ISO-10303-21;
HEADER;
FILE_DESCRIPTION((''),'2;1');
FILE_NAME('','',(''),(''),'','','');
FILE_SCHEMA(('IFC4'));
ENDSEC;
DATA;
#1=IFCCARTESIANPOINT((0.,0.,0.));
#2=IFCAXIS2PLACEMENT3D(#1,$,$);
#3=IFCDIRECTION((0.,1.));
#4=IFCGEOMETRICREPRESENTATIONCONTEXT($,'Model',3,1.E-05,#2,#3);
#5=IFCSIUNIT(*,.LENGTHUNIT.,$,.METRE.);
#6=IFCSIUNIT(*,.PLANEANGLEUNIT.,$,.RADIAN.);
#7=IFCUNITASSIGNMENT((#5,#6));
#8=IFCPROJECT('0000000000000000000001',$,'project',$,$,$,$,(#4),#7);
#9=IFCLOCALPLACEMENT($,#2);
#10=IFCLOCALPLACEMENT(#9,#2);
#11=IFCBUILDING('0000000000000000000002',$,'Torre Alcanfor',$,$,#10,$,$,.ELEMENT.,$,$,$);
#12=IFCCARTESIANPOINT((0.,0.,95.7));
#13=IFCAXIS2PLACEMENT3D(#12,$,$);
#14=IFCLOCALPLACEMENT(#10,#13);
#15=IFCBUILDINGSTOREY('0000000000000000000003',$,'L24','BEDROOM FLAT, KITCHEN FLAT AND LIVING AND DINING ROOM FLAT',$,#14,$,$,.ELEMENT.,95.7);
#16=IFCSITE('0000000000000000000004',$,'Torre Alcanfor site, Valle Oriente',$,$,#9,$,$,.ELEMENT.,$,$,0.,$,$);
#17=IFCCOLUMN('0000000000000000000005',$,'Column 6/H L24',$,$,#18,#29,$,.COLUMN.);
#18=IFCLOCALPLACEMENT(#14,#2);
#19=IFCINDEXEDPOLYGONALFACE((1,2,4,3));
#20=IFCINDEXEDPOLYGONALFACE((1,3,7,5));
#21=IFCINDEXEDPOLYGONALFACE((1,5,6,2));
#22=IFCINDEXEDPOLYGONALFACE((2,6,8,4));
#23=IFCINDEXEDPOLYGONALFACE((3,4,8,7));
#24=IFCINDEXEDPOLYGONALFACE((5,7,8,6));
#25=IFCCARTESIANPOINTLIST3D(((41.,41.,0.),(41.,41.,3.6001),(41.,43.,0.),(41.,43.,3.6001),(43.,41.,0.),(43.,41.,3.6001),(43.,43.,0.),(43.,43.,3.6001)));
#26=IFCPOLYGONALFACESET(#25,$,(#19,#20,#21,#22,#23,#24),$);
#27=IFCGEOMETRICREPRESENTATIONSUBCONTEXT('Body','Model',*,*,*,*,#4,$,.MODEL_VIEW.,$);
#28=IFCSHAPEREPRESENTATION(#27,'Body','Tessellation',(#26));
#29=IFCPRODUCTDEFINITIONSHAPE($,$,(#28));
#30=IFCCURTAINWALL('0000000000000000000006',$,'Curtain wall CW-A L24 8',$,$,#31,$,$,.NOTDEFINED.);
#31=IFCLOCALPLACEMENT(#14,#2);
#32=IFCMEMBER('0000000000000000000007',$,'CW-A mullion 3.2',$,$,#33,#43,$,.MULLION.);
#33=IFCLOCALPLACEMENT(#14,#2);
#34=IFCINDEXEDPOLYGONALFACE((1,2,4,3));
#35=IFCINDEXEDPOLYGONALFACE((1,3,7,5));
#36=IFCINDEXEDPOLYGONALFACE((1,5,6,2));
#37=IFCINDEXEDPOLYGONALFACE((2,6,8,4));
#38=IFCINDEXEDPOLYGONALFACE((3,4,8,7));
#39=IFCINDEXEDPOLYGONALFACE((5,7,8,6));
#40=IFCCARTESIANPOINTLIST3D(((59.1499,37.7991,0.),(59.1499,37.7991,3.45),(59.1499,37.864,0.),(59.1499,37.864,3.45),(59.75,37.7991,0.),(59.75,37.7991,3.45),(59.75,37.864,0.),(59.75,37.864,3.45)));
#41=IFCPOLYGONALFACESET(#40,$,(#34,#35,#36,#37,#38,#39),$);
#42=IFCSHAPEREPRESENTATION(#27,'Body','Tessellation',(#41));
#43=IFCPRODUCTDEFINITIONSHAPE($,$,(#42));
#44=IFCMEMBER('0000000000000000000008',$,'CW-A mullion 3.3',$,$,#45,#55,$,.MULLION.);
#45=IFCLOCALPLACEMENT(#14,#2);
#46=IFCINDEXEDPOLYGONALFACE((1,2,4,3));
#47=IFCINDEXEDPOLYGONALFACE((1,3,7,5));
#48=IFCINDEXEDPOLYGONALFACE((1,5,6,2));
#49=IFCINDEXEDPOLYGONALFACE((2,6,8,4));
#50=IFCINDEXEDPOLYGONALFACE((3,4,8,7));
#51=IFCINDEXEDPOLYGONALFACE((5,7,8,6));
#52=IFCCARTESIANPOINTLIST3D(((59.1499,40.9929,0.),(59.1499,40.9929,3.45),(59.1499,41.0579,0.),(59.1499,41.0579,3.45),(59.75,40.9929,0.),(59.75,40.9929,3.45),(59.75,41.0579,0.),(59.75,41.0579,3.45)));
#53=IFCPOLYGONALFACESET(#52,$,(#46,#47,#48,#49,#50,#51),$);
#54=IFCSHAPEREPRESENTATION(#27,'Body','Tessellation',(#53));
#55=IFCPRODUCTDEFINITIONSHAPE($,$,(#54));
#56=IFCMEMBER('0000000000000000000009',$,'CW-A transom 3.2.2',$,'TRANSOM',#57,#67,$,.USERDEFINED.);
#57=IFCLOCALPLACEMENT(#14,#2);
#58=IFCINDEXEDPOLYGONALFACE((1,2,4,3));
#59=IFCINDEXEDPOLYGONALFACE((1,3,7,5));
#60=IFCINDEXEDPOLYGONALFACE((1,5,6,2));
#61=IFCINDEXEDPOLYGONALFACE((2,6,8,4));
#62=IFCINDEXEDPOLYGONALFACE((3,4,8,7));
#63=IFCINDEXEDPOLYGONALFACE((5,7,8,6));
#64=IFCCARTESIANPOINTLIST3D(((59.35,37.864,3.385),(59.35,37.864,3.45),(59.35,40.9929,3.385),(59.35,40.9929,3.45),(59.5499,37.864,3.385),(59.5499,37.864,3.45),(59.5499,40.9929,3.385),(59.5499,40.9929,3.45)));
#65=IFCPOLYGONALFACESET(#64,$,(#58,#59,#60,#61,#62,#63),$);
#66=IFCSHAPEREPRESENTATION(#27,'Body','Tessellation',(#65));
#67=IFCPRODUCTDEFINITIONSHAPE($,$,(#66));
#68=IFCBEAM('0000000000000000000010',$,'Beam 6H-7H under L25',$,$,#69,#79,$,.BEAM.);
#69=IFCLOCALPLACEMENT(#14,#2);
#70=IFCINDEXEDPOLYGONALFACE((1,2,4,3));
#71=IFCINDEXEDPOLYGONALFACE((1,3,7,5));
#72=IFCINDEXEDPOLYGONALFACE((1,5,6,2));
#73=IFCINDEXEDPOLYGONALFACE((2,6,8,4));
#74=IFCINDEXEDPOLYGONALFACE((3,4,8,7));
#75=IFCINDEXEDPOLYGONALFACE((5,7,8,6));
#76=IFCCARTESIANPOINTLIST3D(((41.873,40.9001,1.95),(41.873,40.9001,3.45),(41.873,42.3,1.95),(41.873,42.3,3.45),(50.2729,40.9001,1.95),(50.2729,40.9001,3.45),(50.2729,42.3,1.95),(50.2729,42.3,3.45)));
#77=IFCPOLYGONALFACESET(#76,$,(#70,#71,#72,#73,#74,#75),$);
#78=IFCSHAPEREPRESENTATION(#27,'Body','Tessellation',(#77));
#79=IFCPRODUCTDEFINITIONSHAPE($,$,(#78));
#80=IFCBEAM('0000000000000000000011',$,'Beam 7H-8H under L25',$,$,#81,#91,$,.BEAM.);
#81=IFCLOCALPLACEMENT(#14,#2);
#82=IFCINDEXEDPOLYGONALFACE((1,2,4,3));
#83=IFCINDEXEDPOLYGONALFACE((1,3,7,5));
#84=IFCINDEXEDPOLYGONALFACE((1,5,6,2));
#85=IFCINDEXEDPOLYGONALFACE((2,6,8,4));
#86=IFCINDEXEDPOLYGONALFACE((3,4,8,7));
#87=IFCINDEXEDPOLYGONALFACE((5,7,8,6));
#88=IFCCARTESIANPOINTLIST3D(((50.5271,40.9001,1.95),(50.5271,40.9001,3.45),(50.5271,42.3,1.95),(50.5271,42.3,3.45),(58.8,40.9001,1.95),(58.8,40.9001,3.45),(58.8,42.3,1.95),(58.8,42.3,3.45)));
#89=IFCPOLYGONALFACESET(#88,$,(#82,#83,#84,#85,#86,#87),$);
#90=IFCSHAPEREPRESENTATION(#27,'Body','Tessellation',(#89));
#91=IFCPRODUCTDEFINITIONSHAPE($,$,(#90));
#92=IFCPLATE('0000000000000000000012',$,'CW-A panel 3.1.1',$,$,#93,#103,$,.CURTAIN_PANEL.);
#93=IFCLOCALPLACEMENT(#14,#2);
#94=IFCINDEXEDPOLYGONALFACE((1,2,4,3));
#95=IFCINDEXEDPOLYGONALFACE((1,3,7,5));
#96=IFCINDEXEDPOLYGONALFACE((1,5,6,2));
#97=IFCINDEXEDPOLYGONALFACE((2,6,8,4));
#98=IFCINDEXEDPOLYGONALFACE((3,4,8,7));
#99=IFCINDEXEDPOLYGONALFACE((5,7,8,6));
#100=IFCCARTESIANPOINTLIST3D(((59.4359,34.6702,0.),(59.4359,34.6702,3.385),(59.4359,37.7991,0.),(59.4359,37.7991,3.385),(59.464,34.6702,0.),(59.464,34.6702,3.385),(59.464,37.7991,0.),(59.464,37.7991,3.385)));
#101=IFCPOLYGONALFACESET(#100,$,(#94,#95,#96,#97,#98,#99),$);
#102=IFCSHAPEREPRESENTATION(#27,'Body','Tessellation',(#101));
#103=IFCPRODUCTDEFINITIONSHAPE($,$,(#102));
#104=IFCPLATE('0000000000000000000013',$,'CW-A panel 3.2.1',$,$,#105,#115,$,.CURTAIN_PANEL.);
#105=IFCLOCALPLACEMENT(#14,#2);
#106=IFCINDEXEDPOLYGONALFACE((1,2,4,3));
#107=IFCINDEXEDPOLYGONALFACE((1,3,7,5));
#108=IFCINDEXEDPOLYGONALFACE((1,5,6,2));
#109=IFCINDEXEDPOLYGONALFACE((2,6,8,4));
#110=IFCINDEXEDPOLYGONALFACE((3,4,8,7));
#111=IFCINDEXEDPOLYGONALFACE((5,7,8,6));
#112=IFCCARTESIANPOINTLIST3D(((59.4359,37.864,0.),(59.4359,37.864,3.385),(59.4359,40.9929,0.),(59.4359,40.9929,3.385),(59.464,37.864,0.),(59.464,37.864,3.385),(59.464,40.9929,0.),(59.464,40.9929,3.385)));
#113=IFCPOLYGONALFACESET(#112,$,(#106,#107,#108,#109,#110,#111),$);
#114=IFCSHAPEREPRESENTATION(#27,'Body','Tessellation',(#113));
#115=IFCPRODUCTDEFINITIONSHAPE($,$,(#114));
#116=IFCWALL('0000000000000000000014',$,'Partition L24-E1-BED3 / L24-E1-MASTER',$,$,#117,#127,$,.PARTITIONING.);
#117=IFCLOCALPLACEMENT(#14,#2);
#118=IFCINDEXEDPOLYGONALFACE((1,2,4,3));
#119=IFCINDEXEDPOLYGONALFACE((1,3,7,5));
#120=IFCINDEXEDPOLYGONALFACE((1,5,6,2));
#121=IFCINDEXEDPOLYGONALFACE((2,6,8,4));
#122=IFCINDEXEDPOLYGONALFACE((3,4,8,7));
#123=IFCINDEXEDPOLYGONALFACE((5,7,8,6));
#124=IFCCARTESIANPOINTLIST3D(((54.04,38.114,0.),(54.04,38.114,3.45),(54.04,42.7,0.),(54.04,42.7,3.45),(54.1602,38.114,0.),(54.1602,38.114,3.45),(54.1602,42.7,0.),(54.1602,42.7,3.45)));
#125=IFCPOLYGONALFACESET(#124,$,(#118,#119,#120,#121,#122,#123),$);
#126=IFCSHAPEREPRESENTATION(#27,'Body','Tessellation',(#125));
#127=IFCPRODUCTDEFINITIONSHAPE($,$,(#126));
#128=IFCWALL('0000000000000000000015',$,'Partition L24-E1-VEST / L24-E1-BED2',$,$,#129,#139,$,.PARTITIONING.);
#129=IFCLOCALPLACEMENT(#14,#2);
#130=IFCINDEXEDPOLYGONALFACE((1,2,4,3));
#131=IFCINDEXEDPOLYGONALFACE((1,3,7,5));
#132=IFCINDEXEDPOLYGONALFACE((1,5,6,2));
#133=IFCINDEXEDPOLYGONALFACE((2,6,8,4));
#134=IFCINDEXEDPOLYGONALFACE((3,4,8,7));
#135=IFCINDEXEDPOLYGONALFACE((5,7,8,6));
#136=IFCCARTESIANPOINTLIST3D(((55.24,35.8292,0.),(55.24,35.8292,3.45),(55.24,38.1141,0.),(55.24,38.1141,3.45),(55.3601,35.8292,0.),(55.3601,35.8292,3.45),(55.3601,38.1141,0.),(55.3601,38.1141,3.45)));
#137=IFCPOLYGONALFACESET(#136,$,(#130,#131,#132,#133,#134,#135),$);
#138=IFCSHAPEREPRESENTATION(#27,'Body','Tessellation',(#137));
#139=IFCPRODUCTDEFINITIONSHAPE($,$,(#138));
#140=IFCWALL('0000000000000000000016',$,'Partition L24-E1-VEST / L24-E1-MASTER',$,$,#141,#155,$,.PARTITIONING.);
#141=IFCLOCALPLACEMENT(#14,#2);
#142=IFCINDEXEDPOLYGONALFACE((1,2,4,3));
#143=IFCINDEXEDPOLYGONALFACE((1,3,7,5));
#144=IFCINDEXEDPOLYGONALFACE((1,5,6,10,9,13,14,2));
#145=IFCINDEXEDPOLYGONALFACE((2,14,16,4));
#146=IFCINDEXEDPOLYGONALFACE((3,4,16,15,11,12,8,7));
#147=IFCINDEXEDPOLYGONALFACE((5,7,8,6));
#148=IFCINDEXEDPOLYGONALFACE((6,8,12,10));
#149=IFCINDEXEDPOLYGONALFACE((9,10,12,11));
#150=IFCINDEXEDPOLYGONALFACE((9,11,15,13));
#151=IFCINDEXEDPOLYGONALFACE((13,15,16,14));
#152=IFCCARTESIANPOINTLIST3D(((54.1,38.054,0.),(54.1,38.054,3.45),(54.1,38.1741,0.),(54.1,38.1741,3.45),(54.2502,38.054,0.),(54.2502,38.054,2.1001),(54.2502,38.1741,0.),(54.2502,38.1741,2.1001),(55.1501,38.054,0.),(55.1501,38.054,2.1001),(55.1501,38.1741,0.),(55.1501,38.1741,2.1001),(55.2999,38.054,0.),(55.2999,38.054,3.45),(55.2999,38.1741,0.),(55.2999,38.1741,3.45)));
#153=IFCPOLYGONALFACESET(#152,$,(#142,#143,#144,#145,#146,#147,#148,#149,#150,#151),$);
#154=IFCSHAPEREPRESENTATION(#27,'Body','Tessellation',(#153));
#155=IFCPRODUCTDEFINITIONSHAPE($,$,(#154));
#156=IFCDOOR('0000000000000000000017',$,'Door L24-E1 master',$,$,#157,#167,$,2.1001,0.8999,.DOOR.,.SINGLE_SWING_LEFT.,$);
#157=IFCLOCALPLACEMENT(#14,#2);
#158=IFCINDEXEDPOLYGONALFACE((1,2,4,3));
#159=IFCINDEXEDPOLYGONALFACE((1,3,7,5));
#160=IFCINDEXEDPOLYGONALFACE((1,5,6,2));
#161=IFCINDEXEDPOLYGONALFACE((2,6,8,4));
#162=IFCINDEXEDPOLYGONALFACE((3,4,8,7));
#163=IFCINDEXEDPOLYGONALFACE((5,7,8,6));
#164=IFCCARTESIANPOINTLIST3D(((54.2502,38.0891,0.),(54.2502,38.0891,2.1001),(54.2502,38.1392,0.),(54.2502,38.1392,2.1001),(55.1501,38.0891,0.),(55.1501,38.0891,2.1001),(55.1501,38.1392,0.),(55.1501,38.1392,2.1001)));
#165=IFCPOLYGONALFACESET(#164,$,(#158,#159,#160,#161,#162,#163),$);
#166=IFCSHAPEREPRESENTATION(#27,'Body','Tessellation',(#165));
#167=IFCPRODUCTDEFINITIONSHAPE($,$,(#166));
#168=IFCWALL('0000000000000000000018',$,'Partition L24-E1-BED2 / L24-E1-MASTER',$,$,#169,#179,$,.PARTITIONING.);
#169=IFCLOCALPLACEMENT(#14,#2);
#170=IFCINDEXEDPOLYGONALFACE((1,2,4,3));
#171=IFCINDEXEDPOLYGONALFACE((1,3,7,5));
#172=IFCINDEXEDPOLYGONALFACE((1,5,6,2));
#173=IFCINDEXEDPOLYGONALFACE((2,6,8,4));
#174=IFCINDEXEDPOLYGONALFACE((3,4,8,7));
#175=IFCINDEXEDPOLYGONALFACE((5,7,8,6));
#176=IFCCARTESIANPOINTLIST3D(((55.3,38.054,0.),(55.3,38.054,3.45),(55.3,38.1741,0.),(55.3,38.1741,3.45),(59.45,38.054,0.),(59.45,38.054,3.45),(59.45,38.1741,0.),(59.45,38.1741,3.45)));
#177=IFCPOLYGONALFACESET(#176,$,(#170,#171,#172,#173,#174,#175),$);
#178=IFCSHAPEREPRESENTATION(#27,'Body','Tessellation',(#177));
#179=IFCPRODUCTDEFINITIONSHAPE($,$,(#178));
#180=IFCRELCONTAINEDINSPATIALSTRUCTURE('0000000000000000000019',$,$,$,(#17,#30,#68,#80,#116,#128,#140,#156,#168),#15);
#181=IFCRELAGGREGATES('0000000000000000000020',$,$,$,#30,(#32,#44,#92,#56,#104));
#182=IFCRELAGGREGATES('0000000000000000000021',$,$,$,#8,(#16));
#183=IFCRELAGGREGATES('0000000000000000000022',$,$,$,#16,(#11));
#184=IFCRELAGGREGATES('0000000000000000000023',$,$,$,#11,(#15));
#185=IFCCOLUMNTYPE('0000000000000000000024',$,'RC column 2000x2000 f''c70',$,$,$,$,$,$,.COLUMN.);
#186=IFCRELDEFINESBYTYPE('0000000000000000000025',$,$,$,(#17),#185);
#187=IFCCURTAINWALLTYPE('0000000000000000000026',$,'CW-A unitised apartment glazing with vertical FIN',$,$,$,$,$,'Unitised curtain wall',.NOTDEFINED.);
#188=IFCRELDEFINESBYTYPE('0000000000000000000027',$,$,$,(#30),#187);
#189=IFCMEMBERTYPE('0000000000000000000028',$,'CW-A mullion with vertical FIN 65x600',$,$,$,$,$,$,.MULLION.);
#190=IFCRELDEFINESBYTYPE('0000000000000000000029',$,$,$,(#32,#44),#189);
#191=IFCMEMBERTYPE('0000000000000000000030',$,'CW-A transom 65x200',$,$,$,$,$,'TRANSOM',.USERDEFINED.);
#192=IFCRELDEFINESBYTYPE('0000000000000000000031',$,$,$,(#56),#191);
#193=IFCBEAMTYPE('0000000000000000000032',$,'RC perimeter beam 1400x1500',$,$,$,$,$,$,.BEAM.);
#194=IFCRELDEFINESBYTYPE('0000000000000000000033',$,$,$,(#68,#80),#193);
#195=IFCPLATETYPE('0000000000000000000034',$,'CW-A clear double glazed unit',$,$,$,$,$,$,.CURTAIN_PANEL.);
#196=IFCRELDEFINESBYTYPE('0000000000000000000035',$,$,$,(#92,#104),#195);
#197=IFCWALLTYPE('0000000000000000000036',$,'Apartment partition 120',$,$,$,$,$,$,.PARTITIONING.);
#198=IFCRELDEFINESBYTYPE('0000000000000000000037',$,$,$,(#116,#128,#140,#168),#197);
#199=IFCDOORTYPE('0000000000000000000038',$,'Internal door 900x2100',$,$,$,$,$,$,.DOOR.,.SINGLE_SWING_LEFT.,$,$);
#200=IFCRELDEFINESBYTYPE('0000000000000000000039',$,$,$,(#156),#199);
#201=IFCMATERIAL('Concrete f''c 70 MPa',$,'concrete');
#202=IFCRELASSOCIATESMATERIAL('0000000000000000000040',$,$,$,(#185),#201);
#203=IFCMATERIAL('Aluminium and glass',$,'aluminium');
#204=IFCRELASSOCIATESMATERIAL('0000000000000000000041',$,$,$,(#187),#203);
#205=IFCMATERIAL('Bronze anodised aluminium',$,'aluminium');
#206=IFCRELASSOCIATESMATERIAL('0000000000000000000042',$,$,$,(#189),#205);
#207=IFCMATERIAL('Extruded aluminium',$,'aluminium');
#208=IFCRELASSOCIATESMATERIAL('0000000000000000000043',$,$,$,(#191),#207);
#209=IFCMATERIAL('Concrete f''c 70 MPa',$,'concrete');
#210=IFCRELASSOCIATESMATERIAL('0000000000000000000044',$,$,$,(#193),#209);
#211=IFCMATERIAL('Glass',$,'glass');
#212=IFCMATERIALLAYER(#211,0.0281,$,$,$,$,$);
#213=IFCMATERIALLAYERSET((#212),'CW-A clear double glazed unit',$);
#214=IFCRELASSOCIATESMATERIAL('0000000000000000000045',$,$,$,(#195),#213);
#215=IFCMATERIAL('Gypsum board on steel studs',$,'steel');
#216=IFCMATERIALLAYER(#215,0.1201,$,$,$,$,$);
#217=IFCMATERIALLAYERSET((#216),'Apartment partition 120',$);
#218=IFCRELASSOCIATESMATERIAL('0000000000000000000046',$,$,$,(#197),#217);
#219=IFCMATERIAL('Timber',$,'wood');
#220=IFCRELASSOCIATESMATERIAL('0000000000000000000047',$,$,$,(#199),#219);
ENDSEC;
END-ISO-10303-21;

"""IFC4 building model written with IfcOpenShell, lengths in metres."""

from ifc_helpers import new_model, si_unit, direction, frame, frame_2d, origin, origin_2d, place, context, subcontext, project, spatial, rectangle, extrude, material, layer, layer_set, material_profile, profile_set, type_object, element, fill, aggregate, save


model = new_model("IFC4")

# Units and contexts
model_context = context("Model", 3, precision=1e-05, world=origin(), true_north=direction((0.0, 1.0)))
body_context = subcontext(model_context, "Body", "Model", "MODEL_VIEW")
ifc_project = project(units=[si_unit("LENGTHUNIT", "METRE"), si_unit("PLANEANGLEUNIT", "RADIAN")], contexts=[model_context])

# Site, building, storey
site_placement = place(None, origin())
site = spatial("IfcSite", under=ifc_project, at=site_placement, Name="Torre Alcanfor site, Valle Oriente", CompositionType="ELEMENT", RefElevation=0.0)
building_placement = place(site_placement, origin())
building = spatial("IfcBuilding", under=site, at=building_placement, Name="Torre Alcanfor", CompositionType="ELEMENT")
storey_placement = place(building_placement, frame((0.0, 0.0, 95.7)))
storey = spatial("IfcBuildingStorey", under=building, at=storey_placement, Name="L24", Description="BEDROOM FLAT, KITCHEN FLAT AND LIVING AND DINING ROOM FLAT", CompositionType="ELEMENT", Elevation=95.7)

# Column
ifc_material_1 = material(Name="Concrete f'c 70 MPa", Category="concrete")
ifc_material_profile_1 = material_profile(ifc_material_1, rectangle(XDim=2.0, YDim=2.0, at=origin_2d()), Name="2000x2000")
ifc_profile_set_1 = profile_set([ifc_material_profile_1], Name="Concrete f'c 70 MPa")
column_type = type_object("IfcColumnType", Name="RC column 2000x2000 f'c70", PredefinedType="COLUMN", material=ifc_profile_set_1)
column_placement = place(storey_placement, frame((42.0, 42.0, 0.0), z_axis=(0.0, 0.0, 1.0), x_axis=(1.0, 0.0, 0.0)))
element("IfcColumn", 1, at=column_placement, inside=storey, type_object=column_type, Name="Column 6/H L24", PredefinedType="COLUMN", context=body_context, shape_type="SweptSolid", body=[
    extrude(rectangle(XDim=2.0, YDim=2.0, at=origin_2d()), origin(), (0.0, 0.0, 1.0), 3.6001),
])

# Curtain wall, members
ifc_material_2 = material(Name="Aluminium and glass", Category="aluminium")
curtain_wall_type = type_object("IfcCurtainWallType", Name="CW-A unitised apartment glazing with vertical FIN", ElementType="Unitised curtain wall", PredefinedType="NOTDEFINED", material=ifc_material_2)
curtain_wall_placement = place(storey_placement, origin())
curtain_wall = element("IfcCurtainWall", 2, at=curtain_wall_placement, inside=storey, type_object=curtain_wall_type, Name="Curtain wall CW-A L24 8", PredefinedType="NOTDEFINED")
ifc_material_3 = material(Name="Bronze anodised aluminium", Category="aluminium")
ifc_material_profile_2 = material_profile(ifc_material_3, rectangle(XDim=0.6001, YDim=0.0649, at=origin_2d()), Name="CW-A mullion 65x600")
ifc_profile_set_2 = profile_set([ifc_material_profile_2], Name="Bronze anodised aluminium")
member_type_1 = type_object("IfcMemberType", Name="CW-A mullion with vertical FIN 65x600", PredefinedType="MULLION", material=ifc_profile_set_2)
member_1_placement = place(storey_placement, frame((59.45, 37.8315, 0.0), z_axis=(0.0, 0.0, 1.0), x_axis=(-1.0, 0.0, 0.0)))
member_1 = element("IfcMember", 3, at=member_1_placement, type_object=member_type_1, Name="CW-A mullion 3.2", PredefinedType="MULLION", context=body_context, shape_type="SweptSolid", body=[
    extrude(rectangle(XDim=0.6001, YDim=0.0649, at=origin_2d()), origin(), (0.0, 0.0, 1.0), 3.45),
])
member_2_placement = place(storey_placement, frame((59.45, 41.0254, 0.0), z_axis=(0.0, 0.0, 1.0), x_axis=(-1.0, 0.0, 0.0)))
member_2 = element("IfcMember", 4, at=member_2_placement, type_object=member_type_1, Name="CW-A mullion 3.3", PredefinedType="MULLION", context=body_context, shape_type="SweptSolid", body=[
    extrude(rectangle(XDim=0.6001, YDim=0.0649, at=origin_2d()), origin(), (0.0, 0.0, 1.0), 3.45),
])
ifc_material_4 = material(Name="Extruded aluminium", Category="aluminium")
ifc_material_profile_3 = material_profile(ifc_material_4, rectangle(XDim=0.2, YDim=0.0649, at=origin_2d()), Name="CW-A transom 200x65")
ifc_profile_set_3 = profile_set([ifc_material_profile_3], Name="Extruded aluminium")
member_type_2 = type_object("IfcMemberType", Name="CW-A transom 65x200", ElementType="TRANSOM", PredefinedType="USERDEFINED", material=ifc_profile_set_3)
member_3_placement = place(storey_placement, frame((59.45, 37.864, 3.4175), z_axis=(0.0, 1.0, 0.0), x_axis=(-1.0, 0.0, 0.0)))
member_3 = element("IfcMember", 5, at=member_3_placement, type_object=member_type_2, Name="CW-A transom 3.2.2", ObjectType="TRANSOM", PredefinedType="USERDEFINED", context=body_context, shape_type="SweptSolid", body=[
    extrude(rectangle(XDim=0.2, YDim=0.0649, at=origin_2d()), origin(), (0.0, 0.0, 1.0), 3.1289),
])

# Beams
ifc_material_5 = material(Name="Concrete f'c 70 MPa", Category="concrete")
ifc_material_profile_4 = material_profile(ifc_material_5, rectangle(XDim=1.3999, YDim=1.5, at=origin_2d()), Name="1400x1500")
ifc_profile_set_4 = profile_set([ifc_material_profile_4], Name="Concrete f'c 70 MPa")
beam_type = type_object("IfcBeamType", Name="RC perimeter beam 1400x1500", PredefinedType="BEAM", material=ifc_profile_set_4)
beam_1_placement = place(storey_placement, frame((41.873, 41.6001, 2.7), z_axis=(1.0, 0.0, 0.0), x_axis=(0.0, 1.0, 0.0)))
element("IfcBeam", 6, at=beam_1_placement, inside=storey, type_object=beam_type, Name="Beam 6H-7H under L25", PredefinedType="BEAM", context=body_context, shape_type="SweptSolid", body=[
    extrude(rectangle(XDim=1.3999, YDim=1.5, at=origin_2d()), origin(), (0.0, 0.0, 1.0), 8.3999),
])
beam_2_placement = place(storey_placement, frame((50.5271, 41.6001, 2.7), z_axis=(1.0, 0.0, 0.0), x_axis=(0.0, 1.0, 0.0)))
element("IfcBeam", 7, at=beam_2_placement, inside=storey, type_object=beam_type, Name="Beam 7H-8H under L25", PredefinedType="BEAM", context=body_context, shape_type="SweptSolid", body=[
    extrude(rectangle(XDim=1.3999, YDim=1.5, at=origin_2d()), origin(), (0.0, 0.0, 1.0), 8.2729),
])

# Plates
ifc_material_6 = material(Name="Glass", Category="glass")
ifc_layer_1 = layer(ifc_material_6, 0.0281)
ifc_layer_set_1 = layer_set([ifc_layer_1], Name="CW-A clear double glazed unit")
plate_type = type_object("IfcPlateType", Name="CW-A clear double glazed unit", PredefinedType="CURTAIN_PANEL", material=ifc_layer_set_1)
plate_1_placement = place(storey_placement, frame((59.45, 36.2346, 0.0), z_axis=(0.0, 0.0, 1.0), x_axis=(0.0, 1.0, 0.0)))
plate_1 = element("IfcPlate", 8, at=plate_1_placement, type_object=plate_type, Name="CW-A panel 3.1.1", PredefinedType="CURTAIN_PANEL", context=body_context, shape_type="SweptSolid", body=[
    extrude(rectangle(XDim=3.1289, YDim=0.0281, at=origin_2d()), origin(), (0.0, 0.0, 1.0), 3.385),
])
plate_2_placement = place(storey_placement, frame((59.45, 39.4285, 0.0), z_axis=(0.0, 0.0, 1.0), x_axis=(0.0, 1.0, 0.0)))
plate_2 = element("IfcPlate", 9, at=plate_2_placement, type_object=plate_type, Name="CW-A panel 3.2.1", PredefinedType="CURTAIN_PANEL", context=body_context, shape_type="SweptSolid", body=[
    extrude(rectangle(XDim=3.1289, YDim=0.0281, at=origin_2d()), origin(), (0.0, 0.0, 1.0), 3.385),
])
aggregate(curtain_wall, [member_1, member_2, plate_1, member_3, plate_2])

# Walls
ifc_material_7 = material(Name="Gypsum board on steel studs", Category="steel")
ifc_layer_2 = layer(ifc_material_7, 0.1201)
ifc_layer_set_2 = layer_set([ifc_layer_2], Name="Apartment partition 120")
wall_type_1 = type_object("IfcWallType", Name="Apartment partition 120", PredefinedType="PARTITIONING", material=ifc_layer_set_2)
wall_1_placement = place(storey_placement, frame((54.1001, 38.114, 0.0), z_axis=(0.0, 0.0, 1.0), x_axis=(0.0, 1.0, 0.0)))
element("IfcWall", 10, at=wall_1_placement, inside=storey, type_object=wall_type_1, Name="Partition L24-E1-BED3 / L24-E1-MASTER", PredefinedType="PARTITIONING", context=body_context, shape_type="SweptSolid", body=[
    extrude(rectangle(XDim=4.5859, YDim=0.1201, at=frame_2d((2.293, 0.0))), origin(), (0.0, 0.0, 1.0), 3.45),
])
wall_2_placement = place(storey_placement, frame((55.3, 35.8291, 0.0), z_axis=(0.0, 0.0, 1.0), x_axis=(0.0, 1.0, 0.0)))
element("IfcWall", 11, at=wall_2_placement, inside=storey, type_object=wall_type_1, Name="Partition L24-E1-VEST / L24-E1-BED2", PredefinedType="PARTITIONING", context=body_context, shape_type="SweptSolid", body=[
    extrude(rectangle(XDim=2.2849, YDim=0.1201, at=frame_2d((1.1426, 0.0))), origin(), (0.0, 0.0, 1.0), 3.45),
])

# Wall, opening, door
wall_3_placement = place(storey_placement, frame((55.3, 38.114, 0.0), z_axis=(0.0, 0.0, 1.0), x_axis=(-1.0, 0.0, 0.0)))
wall_3 = element("IfcWall", 12, at=wall_3_placement, inside=storey, type_object=wall_type_1, Name="Partition L24-E1-VEST / L24-E1-MASTER", PredefinedType="PARTITIONING", context=body_context, shape_type="SweptSolid", body=[
    extrude(rectangle(XDim=1.2, YDim=0.1201, at=frame_2d((0.6001, 0.0))), origin(), (0.0, 0.0, 1.0), 3.45),
])
opening_1_placement = place(wall_3_placement, frame((0.1499, 0.0, 0.0)))
opening_1 = element("IfcOpeningElement", 13, at=opening_1_placement, cuts=wall_3, PredefinedType="OPENING", context=body_context, shape_type="SweptSolid", body=[
    extrude(rectangle(XDim=0.8999, YDim=2.1001, at=frame_2d((0.45, 1.05))), frame((0.0, 0.0701, 0.0), z_axis=(0.0, -1.0, 0.0), x_axis=(1.0, 0.0, 0.0)), (0.0, 0.0, 1.0), 0.1401),
])
ifc_material_8 = material(Name="Timber", Category="wood")
door_type_1 = type_object("IfcDoorType", Name="Internal door 900x2100", OperationType="SINGLE_SWING_LEFT", PredefinedType="DOOR", material=ifc_material_8)
door_1_placement = place(opening_1_placement, origin())
door_1 = element("IfcDoor", 14, at=door_1_placement, inside=storey, type_object=door_type_1, Name="Door L24-E1 master", OperationType="SINGLE_SWING_LEFT", OverallHeight=2.1001, OverallWidth=0.8999, PredefinedType="DOOR", context=body_context, shape_type="SweptSolid", body=[
    extrude(rectangle(XDim=0.8999, YDim=2.1001, at=frame_2d((0.45, 1.05))), frame((0.0, 0.0249, 0.0), z_axis=(0.0, -1.0, 0.0), x_axis=(1.0, 0.0, 0.0)), (0.0, 0.0, 1.0), 0.05),
])
fill(opening_1, door_1)

# Wall
wall_4_placement = place(storey_placement, frame((59.45, 38.114, 0.0), z_axis=(0.0, 0.0, 1.0), x_axis=(-1.0, 0.0, 0.0)))
element("IfcWall", 15, at=wall_4_placement, inside=storey, type_object=wall_type_1, Name="Partition L24-E1-BED2 / L24-E1-MASTER", PredefinedType="PARTITIONING", context=body_context, shape_type="SweptSolid", body=[
    extrude(rectangle(XDim=4.1499, YDim=0.1201, at=frame_2d((2.075, 0.0))), origin(), (0.0, 0.0, 1.0), 3.45),
])

save(model, "model.ifc")
